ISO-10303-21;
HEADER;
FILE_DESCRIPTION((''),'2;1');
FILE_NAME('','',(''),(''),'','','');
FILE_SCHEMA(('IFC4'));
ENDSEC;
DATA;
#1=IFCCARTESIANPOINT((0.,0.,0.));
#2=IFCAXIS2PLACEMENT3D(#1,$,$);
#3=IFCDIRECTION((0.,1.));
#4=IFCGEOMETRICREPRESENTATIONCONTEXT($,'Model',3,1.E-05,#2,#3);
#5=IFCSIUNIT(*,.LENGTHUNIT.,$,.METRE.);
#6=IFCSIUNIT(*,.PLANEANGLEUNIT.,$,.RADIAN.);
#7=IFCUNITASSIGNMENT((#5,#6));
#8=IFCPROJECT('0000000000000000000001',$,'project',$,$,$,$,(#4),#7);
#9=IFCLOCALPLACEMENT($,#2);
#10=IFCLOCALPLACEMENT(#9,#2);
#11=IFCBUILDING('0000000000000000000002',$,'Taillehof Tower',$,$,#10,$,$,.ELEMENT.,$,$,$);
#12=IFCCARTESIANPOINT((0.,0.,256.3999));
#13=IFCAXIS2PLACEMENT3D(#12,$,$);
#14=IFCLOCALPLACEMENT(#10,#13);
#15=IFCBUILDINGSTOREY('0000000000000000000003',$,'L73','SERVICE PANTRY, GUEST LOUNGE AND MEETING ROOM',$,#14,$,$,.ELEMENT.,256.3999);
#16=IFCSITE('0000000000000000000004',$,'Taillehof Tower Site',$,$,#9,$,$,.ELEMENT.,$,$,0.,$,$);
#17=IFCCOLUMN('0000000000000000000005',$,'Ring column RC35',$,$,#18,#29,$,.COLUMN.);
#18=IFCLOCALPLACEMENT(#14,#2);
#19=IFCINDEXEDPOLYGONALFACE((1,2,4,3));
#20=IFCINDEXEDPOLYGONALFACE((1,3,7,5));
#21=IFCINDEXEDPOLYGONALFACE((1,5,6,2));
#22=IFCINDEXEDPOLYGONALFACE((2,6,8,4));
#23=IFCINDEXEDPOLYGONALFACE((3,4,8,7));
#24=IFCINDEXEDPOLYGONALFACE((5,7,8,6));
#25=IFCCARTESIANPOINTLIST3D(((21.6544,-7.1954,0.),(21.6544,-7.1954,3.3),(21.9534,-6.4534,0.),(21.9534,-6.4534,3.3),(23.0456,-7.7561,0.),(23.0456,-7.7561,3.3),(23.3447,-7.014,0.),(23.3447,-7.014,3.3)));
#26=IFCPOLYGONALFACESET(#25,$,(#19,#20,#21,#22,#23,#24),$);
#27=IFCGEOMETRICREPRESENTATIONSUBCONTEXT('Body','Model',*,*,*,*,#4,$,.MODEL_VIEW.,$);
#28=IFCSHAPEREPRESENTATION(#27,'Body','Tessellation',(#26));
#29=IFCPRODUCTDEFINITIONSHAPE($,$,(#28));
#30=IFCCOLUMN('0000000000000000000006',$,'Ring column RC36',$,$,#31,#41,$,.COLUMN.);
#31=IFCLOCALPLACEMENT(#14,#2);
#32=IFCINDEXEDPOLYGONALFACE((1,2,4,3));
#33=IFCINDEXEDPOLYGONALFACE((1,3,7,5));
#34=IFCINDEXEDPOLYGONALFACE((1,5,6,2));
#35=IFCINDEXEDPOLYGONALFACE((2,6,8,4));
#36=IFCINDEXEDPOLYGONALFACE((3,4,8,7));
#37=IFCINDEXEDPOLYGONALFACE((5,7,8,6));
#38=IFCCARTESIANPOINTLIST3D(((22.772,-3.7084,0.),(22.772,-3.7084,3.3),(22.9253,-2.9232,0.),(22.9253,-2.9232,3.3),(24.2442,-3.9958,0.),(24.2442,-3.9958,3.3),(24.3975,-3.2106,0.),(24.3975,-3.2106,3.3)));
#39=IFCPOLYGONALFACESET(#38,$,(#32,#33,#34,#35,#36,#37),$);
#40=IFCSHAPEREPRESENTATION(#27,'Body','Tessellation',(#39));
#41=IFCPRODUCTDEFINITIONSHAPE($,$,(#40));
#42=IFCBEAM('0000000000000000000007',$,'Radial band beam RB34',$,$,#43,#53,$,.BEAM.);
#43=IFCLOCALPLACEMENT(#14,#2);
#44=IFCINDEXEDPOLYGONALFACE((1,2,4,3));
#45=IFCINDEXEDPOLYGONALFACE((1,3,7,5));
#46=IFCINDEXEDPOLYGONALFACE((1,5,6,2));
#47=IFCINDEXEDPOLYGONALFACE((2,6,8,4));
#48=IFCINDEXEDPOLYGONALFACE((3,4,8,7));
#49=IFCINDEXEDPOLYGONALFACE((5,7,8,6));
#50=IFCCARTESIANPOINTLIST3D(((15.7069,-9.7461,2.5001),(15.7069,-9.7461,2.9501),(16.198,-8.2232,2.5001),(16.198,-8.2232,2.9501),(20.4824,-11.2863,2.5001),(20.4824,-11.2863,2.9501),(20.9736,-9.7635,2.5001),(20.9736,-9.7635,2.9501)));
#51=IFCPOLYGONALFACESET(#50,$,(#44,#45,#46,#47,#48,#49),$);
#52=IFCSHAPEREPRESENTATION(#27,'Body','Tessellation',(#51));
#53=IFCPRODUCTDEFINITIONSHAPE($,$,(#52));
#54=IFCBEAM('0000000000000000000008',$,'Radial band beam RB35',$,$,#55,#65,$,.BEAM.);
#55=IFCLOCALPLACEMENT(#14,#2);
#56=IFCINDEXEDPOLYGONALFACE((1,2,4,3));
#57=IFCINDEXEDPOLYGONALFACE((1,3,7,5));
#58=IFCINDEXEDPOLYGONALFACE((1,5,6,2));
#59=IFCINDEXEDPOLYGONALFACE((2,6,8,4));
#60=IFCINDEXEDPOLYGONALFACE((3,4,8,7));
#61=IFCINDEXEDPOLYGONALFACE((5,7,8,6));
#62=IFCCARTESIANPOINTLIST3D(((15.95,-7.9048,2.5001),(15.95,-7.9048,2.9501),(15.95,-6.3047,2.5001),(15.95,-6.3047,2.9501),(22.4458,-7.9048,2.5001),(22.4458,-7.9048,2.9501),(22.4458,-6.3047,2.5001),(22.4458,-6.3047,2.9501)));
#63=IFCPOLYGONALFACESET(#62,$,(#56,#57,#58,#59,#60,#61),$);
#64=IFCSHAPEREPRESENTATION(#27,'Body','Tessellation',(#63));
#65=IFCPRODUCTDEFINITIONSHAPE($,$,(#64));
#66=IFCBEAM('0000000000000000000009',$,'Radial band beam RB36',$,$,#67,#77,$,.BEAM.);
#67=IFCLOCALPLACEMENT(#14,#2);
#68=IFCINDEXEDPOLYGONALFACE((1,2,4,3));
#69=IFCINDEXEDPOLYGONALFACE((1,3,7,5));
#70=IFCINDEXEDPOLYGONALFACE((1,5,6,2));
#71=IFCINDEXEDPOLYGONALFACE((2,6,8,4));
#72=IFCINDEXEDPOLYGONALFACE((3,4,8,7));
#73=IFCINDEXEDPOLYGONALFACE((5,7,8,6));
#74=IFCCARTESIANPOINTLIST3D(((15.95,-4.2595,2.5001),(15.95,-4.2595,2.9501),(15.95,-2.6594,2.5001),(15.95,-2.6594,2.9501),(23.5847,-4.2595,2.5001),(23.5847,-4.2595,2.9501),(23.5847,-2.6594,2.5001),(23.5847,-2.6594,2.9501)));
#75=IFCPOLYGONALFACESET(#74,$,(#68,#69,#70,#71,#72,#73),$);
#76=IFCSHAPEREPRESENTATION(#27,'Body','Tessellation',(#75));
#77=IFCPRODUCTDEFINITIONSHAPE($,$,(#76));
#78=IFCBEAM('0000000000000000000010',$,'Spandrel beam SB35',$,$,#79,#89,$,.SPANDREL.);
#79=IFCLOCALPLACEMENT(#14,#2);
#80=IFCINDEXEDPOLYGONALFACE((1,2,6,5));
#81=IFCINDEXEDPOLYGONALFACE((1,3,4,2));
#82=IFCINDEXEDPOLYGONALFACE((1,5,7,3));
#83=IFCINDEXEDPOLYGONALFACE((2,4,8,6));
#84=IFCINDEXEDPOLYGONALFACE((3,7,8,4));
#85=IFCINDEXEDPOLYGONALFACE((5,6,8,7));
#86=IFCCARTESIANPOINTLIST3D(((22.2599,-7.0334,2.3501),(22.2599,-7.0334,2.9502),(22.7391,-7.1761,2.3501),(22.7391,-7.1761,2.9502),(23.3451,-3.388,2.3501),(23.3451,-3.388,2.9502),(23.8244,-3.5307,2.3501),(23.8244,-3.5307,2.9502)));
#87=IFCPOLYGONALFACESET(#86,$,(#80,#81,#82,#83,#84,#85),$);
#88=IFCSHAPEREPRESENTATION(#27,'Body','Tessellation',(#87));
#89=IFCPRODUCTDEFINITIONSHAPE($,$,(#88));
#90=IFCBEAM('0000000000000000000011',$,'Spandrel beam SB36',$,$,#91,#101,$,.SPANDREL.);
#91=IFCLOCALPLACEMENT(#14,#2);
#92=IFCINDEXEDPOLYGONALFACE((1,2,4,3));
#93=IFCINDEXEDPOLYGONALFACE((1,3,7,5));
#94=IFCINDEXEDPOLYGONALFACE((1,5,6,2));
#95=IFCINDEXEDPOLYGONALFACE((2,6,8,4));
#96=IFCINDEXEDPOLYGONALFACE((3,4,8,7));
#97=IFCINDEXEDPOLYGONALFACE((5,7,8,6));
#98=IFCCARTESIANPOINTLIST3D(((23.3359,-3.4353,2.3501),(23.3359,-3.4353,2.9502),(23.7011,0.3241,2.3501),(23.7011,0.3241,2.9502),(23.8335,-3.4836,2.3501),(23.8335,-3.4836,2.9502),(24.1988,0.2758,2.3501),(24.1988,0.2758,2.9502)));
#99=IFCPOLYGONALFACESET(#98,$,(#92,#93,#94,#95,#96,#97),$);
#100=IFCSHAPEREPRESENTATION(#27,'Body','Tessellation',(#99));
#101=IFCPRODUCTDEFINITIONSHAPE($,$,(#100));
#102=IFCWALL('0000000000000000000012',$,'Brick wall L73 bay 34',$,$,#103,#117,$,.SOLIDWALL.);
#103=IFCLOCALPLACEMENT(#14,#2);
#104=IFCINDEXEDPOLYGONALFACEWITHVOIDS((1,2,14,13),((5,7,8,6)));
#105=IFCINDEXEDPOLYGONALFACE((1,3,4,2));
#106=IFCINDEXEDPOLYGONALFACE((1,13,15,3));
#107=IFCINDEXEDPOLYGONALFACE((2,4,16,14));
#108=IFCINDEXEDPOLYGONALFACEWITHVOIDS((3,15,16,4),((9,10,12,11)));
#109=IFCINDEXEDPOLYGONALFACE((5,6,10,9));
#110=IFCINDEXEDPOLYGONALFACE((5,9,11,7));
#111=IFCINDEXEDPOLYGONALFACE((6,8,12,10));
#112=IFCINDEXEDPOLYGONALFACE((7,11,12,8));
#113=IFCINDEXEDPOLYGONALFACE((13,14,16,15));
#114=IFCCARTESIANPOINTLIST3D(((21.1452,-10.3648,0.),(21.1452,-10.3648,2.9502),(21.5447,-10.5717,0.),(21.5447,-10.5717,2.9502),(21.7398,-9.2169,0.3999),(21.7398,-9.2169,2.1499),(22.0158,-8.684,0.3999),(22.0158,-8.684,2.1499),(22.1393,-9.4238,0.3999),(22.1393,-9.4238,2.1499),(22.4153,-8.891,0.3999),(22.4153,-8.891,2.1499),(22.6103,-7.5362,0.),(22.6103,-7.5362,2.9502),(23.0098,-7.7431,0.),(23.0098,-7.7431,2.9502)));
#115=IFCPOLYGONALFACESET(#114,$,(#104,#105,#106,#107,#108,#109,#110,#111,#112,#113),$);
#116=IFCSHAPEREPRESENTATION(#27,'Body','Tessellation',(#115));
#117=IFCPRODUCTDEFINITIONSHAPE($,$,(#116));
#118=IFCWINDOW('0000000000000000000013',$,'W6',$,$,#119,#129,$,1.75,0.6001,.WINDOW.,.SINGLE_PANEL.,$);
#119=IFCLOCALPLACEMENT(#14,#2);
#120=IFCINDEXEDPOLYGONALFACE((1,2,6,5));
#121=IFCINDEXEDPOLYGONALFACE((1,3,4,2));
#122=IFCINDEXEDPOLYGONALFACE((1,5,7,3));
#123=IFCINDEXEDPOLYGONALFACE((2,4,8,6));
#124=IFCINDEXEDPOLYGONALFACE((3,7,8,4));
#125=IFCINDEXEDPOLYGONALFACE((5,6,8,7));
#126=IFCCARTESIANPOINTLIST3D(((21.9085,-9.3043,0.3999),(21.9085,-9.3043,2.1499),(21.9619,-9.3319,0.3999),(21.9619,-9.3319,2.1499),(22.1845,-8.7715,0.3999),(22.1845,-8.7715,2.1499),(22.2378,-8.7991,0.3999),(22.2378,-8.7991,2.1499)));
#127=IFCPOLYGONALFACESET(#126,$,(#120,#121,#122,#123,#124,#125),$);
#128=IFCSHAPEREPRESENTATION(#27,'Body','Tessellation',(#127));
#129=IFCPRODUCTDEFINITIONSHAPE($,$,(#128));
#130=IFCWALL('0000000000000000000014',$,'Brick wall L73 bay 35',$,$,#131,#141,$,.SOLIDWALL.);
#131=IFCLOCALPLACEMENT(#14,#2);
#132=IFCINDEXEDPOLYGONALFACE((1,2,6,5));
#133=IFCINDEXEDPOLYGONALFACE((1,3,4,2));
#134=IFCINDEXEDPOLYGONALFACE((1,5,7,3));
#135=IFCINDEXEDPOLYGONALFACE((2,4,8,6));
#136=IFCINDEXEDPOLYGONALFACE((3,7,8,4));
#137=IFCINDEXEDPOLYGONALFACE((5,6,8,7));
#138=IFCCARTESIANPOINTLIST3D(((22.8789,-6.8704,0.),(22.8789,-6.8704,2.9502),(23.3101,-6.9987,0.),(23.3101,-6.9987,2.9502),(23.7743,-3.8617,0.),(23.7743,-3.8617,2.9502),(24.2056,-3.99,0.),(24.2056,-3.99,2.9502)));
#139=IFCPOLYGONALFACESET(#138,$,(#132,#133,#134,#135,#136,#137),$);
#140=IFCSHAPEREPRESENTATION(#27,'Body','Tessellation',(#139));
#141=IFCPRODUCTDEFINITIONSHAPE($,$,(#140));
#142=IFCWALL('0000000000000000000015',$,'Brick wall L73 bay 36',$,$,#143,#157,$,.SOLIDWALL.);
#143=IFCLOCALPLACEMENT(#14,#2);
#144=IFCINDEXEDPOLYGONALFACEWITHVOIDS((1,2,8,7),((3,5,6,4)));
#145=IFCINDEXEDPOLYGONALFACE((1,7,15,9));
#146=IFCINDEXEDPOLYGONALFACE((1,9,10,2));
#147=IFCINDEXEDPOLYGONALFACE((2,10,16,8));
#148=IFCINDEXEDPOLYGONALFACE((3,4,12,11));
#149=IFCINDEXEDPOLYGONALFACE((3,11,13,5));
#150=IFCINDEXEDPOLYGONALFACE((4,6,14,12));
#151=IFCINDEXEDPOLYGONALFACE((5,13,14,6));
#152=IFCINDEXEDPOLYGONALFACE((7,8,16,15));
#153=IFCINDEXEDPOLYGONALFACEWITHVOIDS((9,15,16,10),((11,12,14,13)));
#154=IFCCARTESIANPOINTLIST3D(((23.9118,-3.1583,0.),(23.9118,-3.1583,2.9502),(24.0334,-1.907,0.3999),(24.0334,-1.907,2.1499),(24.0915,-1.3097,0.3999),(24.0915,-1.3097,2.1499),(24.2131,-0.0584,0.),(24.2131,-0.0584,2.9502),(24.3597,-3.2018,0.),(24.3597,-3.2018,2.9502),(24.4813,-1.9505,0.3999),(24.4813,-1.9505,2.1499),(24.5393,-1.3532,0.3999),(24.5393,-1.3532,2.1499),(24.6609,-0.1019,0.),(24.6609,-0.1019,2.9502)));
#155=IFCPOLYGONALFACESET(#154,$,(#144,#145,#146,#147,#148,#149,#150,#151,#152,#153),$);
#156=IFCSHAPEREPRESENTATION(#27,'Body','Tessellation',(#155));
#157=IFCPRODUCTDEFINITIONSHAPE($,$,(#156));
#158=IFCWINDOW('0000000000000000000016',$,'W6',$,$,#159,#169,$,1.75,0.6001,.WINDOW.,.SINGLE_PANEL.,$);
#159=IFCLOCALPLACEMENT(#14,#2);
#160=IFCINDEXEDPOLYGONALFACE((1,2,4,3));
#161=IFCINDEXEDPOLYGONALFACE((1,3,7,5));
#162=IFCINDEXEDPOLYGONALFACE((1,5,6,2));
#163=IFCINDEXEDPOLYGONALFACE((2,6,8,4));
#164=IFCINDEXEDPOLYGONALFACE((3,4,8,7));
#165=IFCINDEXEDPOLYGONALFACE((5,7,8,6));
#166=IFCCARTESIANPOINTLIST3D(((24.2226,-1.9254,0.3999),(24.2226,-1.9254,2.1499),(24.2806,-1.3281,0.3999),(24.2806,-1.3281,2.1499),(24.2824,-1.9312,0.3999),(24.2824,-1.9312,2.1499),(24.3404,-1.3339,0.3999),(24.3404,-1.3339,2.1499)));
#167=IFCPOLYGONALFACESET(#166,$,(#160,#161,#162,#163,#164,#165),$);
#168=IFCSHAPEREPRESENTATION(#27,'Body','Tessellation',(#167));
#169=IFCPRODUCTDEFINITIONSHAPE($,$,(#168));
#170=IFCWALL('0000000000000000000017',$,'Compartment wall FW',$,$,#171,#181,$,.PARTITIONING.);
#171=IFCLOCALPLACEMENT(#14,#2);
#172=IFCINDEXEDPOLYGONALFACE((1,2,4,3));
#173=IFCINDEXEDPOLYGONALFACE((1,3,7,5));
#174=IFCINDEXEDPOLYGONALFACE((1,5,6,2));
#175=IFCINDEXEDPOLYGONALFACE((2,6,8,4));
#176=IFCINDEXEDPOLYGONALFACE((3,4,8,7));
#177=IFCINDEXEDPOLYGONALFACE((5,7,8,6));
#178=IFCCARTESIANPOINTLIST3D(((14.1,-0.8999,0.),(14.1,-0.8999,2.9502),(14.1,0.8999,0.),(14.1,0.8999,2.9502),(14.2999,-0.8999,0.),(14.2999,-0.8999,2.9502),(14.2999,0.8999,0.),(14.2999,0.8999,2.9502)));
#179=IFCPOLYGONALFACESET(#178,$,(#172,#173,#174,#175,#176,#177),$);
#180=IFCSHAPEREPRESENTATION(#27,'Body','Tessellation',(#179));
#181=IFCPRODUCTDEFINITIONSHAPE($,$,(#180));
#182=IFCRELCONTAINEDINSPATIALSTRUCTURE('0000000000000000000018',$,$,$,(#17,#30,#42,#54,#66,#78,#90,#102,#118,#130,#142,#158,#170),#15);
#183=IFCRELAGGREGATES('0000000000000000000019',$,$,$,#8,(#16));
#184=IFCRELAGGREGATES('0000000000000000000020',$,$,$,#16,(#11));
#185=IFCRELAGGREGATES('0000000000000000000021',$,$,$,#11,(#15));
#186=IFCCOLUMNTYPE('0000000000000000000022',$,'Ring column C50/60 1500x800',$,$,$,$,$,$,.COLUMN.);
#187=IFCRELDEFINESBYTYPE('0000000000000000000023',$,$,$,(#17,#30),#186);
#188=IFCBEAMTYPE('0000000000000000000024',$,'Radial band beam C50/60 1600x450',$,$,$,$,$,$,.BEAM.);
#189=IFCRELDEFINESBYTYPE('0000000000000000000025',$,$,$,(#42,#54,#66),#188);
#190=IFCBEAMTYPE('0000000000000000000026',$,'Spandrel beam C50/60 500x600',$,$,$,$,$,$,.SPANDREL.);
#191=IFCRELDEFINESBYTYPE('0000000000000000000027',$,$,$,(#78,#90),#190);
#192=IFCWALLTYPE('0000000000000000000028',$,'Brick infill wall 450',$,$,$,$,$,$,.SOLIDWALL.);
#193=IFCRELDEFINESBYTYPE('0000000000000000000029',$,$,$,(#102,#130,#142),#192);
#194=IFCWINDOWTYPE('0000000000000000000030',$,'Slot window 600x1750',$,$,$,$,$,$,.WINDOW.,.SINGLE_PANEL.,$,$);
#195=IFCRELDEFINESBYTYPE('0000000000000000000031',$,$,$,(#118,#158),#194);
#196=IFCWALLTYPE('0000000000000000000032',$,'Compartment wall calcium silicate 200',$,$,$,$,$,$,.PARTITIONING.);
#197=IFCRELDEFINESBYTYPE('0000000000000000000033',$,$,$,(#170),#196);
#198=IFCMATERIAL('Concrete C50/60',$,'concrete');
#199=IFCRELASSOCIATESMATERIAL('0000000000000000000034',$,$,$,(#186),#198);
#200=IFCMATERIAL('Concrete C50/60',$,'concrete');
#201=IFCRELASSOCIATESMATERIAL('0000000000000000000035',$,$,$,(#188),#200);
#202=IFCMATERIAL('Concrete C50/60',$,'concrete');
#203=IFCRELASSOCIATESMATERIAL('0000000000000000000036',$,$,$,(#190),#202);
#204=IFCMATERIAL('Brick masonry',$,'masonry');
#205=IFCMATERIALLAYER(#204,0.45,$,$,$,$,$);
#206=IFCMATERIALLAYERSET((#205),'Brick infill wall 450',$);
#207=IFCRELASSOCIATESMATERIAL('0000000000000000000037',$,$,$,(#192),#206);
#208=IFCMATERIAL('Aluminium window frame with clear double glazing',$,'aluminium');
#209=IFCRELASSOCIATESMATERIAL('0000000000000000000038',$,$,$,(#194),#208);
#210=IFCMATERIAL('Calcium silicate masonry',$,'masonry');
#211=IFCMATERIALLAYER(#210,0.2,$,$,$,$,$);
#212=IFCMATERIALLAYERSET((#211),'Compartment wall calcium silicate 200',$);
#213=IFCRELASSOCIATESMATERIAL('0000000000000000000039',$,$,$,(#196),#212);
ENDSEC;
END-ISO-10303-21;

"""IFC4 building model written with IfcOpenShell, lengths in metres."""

from ifc_helpers import new_model, si_unit, direction, frame, frame_2d, origin, origin_2d, place, context, subcontext, project, spatial, rectangle, extrude, material, layer, layer_set, material_profile, profile_set, type_object, element, fill, save


model = new_model("IFC4")

# Units and contexts
model_context = context("Model", 3, precision=1e-05, world=origin(), true_north=direction((0.0, 1.0)))
body_context = subcontext(model_context, "Body", "Model", "MODEL_VIEW")
ifc_project = project(units=[si_unit("LENGTHUNIT", "METRE"), si_unit("PLANEANGLEUNIT", "RADIAN")], contexts=[model_context])

# Site, building, storey
site_placement = place(None, origin())
site = spatial("IfcSite", under=ifc_project, at=site_placement, Name="Taillehof Tower Site", CompositionType="ELEMENT", RefElevation=0.0)
building_placement = place(site_placement, origin())
building = spatial("IfcBuilding", under=site, at=building_placement, Name="Taillehof Tower", CompositionType="ELEMENT")
storey_placement = place(building_placement, frame((0.0, 0.0, 256.3999)))
storey = spatial("IfcBuildingStorey", under=building, at=storey_placement, Name="L73", Description="SERVICE PANTRY, GUEST LOUNGE AND MEETING ROOM", CompositionType="ELEMENT", Elevation=256.3999)

# Columns
ifc_material_1 = material(Name="Concrete C50/60", Category="concrete")
ifc_material_profile_1 = material_profile(ifc_material_1, rectangle(XDim=1.5, YDim=0.8, at=origin_2d()), Name="RC 1500x800")
ifc_profile_set_1 = profile_set([ifc_material_profile_1], Name="Concrete C50/60")
column_type = type_object("IfcColumnType", Name="Ring column C50/60 1500x800", PredefinedType="COLUMN", material=ifc_profile_set_1)
for number, where, z_axis, x_axis, name in (
    (1, (22.4995, -7.1047, 0.0), (0.0, 0.0, 1.0), (0.927525, -0.373762, 0.0), "Ring column RC35"),
    (2, (23.5847, -3.4595, 0.0), (0.0, 0.0, 1.0), (0.981473, -0.191602, 0.0), "Ring column RC36"),
):
    element("IfcColumn", number, at=place(storey_placement, frame(where, z_axis=z_axis, x_axis=x_axis)), inside=storey, type_object=column_type, Name=name, PredefinedType="COLUMN", context=body_context, shape_type="SweptSolid", body=[
        extrude(rectangle(XDim=1.5, YDim=0.8, at=origin_2d()), origin(), (0.0, 0.0, 1.0), 3.3),
    ])

# Beams
ifc_material_2 = material(Name="Concrete C50/60", Category="concrete")
ifc_material_profile_2 = material_profile(ifc_material_2, rectangle(XDim=1.6001, YDim=0.45, at=origin_2d()), Name="RC 1600x450")
ifc_profile_set_2 = profile_set([ifc_material_profile_2], Name="Concrete C50/60")
beam_type_1 = type_object("IfcBeamType", Name="Radial band beam C50/60 1600x450", PredefinedType="BEAM", material=ifc_profile_set_2)
beam_1_placement = place(storey_placement, frame((20.728, -10.5249, 2.7251), z_axis=(-0.951723, 0.306959, 0.0), x_axis=(-0.306959, -0.951723, 0.0)))
element("IfcBeam", 3, at=beam_1_placement, inside=storey, type_object=beam_type_1, Name="Radial band beam RB34", PredefinedType="BEAM", context=body_context, shape_type="SweptSolid", body=[
    extrude(rectangle(XDim=1.6001, YDim=0.45, at=origin_2d()), origin(), (0.0, 0.0, 1.0), 5.0178),
])
beam_2_placement = place(storey_placement, frame((22.4458, -7.1047, 2.7251), z_axis=(-1.0, 0.0, 0.0), x_axis=(0.0, -1.0, 0.0)))
element("IfcBeam", 4, at=beam_2_placement, inside=storey, type_object=beam_type_1, Name="Radial band beam RB35", PredefinedType="BEAM", context=body_context, shape_type="SweptSolid", body=[
    extrude(rectangle(XDim=1.6001, YDim=0.45, at=origin_2d()), origin(), (0.0, 0.0, 1.0), 6.4958),
])
beam_3_placement = place(storey_placement, frame((23.5847, -3.4595, 2.7251), z_axis=(-1.0, 0.0, 0.0), x_axis=(0.0, -1.0, 0.0)))
element("IfcBeam", 5, at=beam_3_placement, inside=storey, type_object=beam_type_1, Name="Radial band beam RB36", PredefinedType="BEAM", context=body_context, shape_type="SweptSolid", body=[
    extrude(rectangle(XDim=1.6001, YDim=0.45, at=origin_2d()), origin(), (0.0, 0.0, 1.0), 7.6348),
])
ifc_material_3 = material(Name="Concrete C50/60", Category="concrete")
ifc_material_profile_3 = material_profile(ifc_material_3, rectangle(XDim=0.5, YDim=0.6001, at=origin_2d()), Name="RC 500x600")
ifc_profile_set_3 = profile_set([ifc_material_profile_3], Name="Concrete C50/60")
beam_type_2 = type_object("IfcBeamType", Name="Spandrel beam C50/60 500x600", PredefinedType="SPANDREL", material=ifc_profile_set_3)
beam_4_placement = place(storey_placement, frame((22.4995, -7.1047, 2.6501), z_axis=(0.285327, 0.95843, 0.0), x_axis=(-0.95843, 0.285327, 0.0)))
element("IfcBeam", 6, at=beam_4_placement, inside=storey, type_object=beam_type_2, Name="Spandrel beam SB35", PredefinedType="SPANDREL", context=body_context, shape_type="SweptSolid", body=[
    extrude(rectangle(XDim=0.5, YDim=0.6001, at=origin_2d()), origin(), (0.0, 0.0, 1.0), 3.8035),
])
beam_5_placement = place(storey_placement, frame((23.5847, -3.4595, 2.6501), z_axis=(0.096694, 0.995314, 0.0), x_axis=(-0.995314, 0.096694, 0.0)))
element("IfcBeam", 7, at=beam_5_placement, inside=storey, type_object=beam_type_2, Name="Spandrel beam SB36", PredefinedType="SPANDREL", context=body_context, shape_type="SweptSolid", body=[
    extrude(rectangle(XDim=0.5, YDim=0.6001, at=origin_2d()), origin(), (0.0, 0.0, 1.0), 3.7771),
])

# Wall, opening, window
ifc_material_4 = material(Name="Brick masonry", Category="masonry")
ifc_layer_1 = layer(ifc_material_4, 0.45)
ifc_layer_set_1 = layer_set([ifc_layer_1], Name="Brick infill wall 450")
wall_type_1 = type_object("IfcWallType", Name="Brick infill wall 450", PredefinedType="SOLIDWALL", material=ifc_layer_set_1)
wall_1_placement = place(storey_placement, frame((21.345, -10.4683, 0.0), z_axis=(0.0, 0.0, 1.0), x_axis=(0.459921, 0.88796, 0.0)))
wall_1 = element("IfcWall", 8, at=wall_1_placement, inside=storey, type_object=wall_type_1, Name="Brick wall L73 bay 34", PredefinedType="SOLIDWALL", context=body_context, shape_type="SweptSolid", body=[
    extrude(rectangle(XDim=3.1855, YDim=0.45, at=frame_2d((1.5928, 0.0))), origin(), (0.0, 0.0, 1.0), 2.9502),
])
opening_1_placement = place(wall_1_placement, frame((1.2927, 0.0, 0.3999)))
opening_1 = element("IfcOpeningElement", 9, at=opening_1_placement, cuts=wall_1, PredefinedType="OPENING", context=body_context, shape_type="SweptSolid", body=[
    extrude(rectangle(XDim=0.6001, YDim=1.75, at=frame_2d((0.3, 0.875))), frame((0.0, 0.2349, 0.0), z_axis=(0.0, -1.0, 0.0), x_axis=(1.0, 0.0, 0.0)), (0.0, 0.0, 1.0), 0.47),
])
ifc_material_5 = material(Name="Aluminium window frame with clear double glazing", Category="aluminium")
window_type = type_object("IfcWindowType", Name="Slot window 600x1750", PartitioningType="SINGLE_PANEL", PredefinedType="WINDOW", material=ifc_material_5)
window_1_placement = place(opening_1_placement, origin())
window_1 = element("IfcWindow", 10, at=window_1_placement, inside=storey, type_object=window_type, Name="W6", OverallHeight=1.75, OverallWidth=0.6001, PartitioningType="SINGLE_PANEL", PredefinedType="WINDOW", context=body_context, shape_type="SweptSolid", body=[
    extrude(rectangle(XDim=0.6001, YDim=1.75, at=frame_2d((0.3, 0.875))), frame((0.0, 0.0349, 0.0), z_axis=(0.0, -1.0, 0.0), x_axis=(1.0, 0.0, 0.0)), (0.0, 0.0, 1.0), 0.0601),
])
fill(opening_1, window_1)

# Wall
wall_2_placement = place(storey_placement, frame((23.0945, -6.9346, 0.0), z_axis=(0.0, 0.0, 1.0), x_axis=(0.285264, 0.958449, 0.0)))
element("IfcWall", 11, at=wall_2_placement, inside=storey, type_object=wall_type_1, Name="Brick wall L73 bay 35", PredefinedType="SOLIDWALL", context=body_context, shape_type="SweptSolid", body=[
    extrude(rectangle(XDim=3.1392, YDim=0.45, at=frame_2d((1.5696, 0.0))), origin(), (0.0, 0.0, 1.0), 2.9502),
])

# Wall, opening, window
wall_3_placement = place(storey_placement, frame((24.1357, -3.1799, 0.0), z_axis=(0.0, 0.0, 1.0), x_axis=(0.096733, 0.99531, 0.0)))
wall_3 = element("IfcWall", 12, at=wall_3_placement, inside=storey, type_object=wall_type_1, Name="Brick wall L73 bay 36", PredefinedType="SOLIDWALL", context=body_context, shape_type="SweptSolid", body=[
    extrude(rectangle(XDim=3.1145, YDim=0.45, at=frame_2d((1.5571, 0.0))), origin(), (0.0, 0.0, 1.0), 2.9502),
])
opening_2_placement = place(wall_3_placement, frame((1.2571, 0.0, 0.3999)))
opening_2 = element("IfcOpeningElement", 13, at=opening_2_placement, cuts=wall_3, PredefinedType="OPENING", context=body_context, shape_type="SweptSolid", body=[
    extrude(rectangle(XDim=0.6001, YDim=1.75, at=frame_2d((0.3, 0.875))), frame((0.0, 0.2349, 0.0), z_axis=(0.0, -1.0, 0.0), x_axis=(1.0, 0.0, 0.0)), (0.0, 0.0, 1.0), 0.47),
])
window_2_placement = place(opening_2_placement, origin())
window_2 = element("IfcWindow", 14, at=window_2_placement, inside=storey, type_object=window_type, Name="W6", OverallHeight=1.75, OverallWidth=0.6001, PartitioningType="SINGLE_PANEL", PredefinedType="WINDOW", context=body_context, shape_type="SweptSolid", body=[
    extrude(rectangle(XDim=0.6001, YDim=1.75, at=frame_2d((0.3, 0.875))), frame((0.0, 0.0349, 0.0), z_axis=(0.0, -1.0, 0.0), x_axis=(1.0, 0.0, 0.0)), (0.0, 0.0, 1.0), 0.0601),
])
fill(opening_2, window_2)

# Wall
ifc_material_6 = material(Name="Calcium silicate masonry", Category="masonry")
ifc_layer_2 = layer(ifc_material_6, 0.2)
ifc_layer_set_2 = layer_set([ifc_layer_2], Name="Compartment wall calcium silicate 200")
wall_type_2 = type_object("IfcWallType", Name="Compartment wall calcium silicate 200", PredefinedType="PARTITIONING", material=ifc_layer_set_2)
wall_4_placement = place(storey_placement, frame((14.2, -0.8999, 0.0), z_axis=(0.0, 0.0, 1.0), x_axis=(0.0, 1.0, 0.0)))
element("IfcWall", 15, at=wall_4_placement, inside=storey, type_object=wall_type_2, Name="Compartment wall FW", PredefinedType="PARTITIONING", context=body_context, shape_type="SweptSolid", body=[
    extrude(rectangle(XDim=1.7998, YDim=0.2, at=frame_2d((0.8999, 0.0))), origin(), (0.0, 0.0, 1.0), 2.9502),
])

save(model, "model.ifc")
